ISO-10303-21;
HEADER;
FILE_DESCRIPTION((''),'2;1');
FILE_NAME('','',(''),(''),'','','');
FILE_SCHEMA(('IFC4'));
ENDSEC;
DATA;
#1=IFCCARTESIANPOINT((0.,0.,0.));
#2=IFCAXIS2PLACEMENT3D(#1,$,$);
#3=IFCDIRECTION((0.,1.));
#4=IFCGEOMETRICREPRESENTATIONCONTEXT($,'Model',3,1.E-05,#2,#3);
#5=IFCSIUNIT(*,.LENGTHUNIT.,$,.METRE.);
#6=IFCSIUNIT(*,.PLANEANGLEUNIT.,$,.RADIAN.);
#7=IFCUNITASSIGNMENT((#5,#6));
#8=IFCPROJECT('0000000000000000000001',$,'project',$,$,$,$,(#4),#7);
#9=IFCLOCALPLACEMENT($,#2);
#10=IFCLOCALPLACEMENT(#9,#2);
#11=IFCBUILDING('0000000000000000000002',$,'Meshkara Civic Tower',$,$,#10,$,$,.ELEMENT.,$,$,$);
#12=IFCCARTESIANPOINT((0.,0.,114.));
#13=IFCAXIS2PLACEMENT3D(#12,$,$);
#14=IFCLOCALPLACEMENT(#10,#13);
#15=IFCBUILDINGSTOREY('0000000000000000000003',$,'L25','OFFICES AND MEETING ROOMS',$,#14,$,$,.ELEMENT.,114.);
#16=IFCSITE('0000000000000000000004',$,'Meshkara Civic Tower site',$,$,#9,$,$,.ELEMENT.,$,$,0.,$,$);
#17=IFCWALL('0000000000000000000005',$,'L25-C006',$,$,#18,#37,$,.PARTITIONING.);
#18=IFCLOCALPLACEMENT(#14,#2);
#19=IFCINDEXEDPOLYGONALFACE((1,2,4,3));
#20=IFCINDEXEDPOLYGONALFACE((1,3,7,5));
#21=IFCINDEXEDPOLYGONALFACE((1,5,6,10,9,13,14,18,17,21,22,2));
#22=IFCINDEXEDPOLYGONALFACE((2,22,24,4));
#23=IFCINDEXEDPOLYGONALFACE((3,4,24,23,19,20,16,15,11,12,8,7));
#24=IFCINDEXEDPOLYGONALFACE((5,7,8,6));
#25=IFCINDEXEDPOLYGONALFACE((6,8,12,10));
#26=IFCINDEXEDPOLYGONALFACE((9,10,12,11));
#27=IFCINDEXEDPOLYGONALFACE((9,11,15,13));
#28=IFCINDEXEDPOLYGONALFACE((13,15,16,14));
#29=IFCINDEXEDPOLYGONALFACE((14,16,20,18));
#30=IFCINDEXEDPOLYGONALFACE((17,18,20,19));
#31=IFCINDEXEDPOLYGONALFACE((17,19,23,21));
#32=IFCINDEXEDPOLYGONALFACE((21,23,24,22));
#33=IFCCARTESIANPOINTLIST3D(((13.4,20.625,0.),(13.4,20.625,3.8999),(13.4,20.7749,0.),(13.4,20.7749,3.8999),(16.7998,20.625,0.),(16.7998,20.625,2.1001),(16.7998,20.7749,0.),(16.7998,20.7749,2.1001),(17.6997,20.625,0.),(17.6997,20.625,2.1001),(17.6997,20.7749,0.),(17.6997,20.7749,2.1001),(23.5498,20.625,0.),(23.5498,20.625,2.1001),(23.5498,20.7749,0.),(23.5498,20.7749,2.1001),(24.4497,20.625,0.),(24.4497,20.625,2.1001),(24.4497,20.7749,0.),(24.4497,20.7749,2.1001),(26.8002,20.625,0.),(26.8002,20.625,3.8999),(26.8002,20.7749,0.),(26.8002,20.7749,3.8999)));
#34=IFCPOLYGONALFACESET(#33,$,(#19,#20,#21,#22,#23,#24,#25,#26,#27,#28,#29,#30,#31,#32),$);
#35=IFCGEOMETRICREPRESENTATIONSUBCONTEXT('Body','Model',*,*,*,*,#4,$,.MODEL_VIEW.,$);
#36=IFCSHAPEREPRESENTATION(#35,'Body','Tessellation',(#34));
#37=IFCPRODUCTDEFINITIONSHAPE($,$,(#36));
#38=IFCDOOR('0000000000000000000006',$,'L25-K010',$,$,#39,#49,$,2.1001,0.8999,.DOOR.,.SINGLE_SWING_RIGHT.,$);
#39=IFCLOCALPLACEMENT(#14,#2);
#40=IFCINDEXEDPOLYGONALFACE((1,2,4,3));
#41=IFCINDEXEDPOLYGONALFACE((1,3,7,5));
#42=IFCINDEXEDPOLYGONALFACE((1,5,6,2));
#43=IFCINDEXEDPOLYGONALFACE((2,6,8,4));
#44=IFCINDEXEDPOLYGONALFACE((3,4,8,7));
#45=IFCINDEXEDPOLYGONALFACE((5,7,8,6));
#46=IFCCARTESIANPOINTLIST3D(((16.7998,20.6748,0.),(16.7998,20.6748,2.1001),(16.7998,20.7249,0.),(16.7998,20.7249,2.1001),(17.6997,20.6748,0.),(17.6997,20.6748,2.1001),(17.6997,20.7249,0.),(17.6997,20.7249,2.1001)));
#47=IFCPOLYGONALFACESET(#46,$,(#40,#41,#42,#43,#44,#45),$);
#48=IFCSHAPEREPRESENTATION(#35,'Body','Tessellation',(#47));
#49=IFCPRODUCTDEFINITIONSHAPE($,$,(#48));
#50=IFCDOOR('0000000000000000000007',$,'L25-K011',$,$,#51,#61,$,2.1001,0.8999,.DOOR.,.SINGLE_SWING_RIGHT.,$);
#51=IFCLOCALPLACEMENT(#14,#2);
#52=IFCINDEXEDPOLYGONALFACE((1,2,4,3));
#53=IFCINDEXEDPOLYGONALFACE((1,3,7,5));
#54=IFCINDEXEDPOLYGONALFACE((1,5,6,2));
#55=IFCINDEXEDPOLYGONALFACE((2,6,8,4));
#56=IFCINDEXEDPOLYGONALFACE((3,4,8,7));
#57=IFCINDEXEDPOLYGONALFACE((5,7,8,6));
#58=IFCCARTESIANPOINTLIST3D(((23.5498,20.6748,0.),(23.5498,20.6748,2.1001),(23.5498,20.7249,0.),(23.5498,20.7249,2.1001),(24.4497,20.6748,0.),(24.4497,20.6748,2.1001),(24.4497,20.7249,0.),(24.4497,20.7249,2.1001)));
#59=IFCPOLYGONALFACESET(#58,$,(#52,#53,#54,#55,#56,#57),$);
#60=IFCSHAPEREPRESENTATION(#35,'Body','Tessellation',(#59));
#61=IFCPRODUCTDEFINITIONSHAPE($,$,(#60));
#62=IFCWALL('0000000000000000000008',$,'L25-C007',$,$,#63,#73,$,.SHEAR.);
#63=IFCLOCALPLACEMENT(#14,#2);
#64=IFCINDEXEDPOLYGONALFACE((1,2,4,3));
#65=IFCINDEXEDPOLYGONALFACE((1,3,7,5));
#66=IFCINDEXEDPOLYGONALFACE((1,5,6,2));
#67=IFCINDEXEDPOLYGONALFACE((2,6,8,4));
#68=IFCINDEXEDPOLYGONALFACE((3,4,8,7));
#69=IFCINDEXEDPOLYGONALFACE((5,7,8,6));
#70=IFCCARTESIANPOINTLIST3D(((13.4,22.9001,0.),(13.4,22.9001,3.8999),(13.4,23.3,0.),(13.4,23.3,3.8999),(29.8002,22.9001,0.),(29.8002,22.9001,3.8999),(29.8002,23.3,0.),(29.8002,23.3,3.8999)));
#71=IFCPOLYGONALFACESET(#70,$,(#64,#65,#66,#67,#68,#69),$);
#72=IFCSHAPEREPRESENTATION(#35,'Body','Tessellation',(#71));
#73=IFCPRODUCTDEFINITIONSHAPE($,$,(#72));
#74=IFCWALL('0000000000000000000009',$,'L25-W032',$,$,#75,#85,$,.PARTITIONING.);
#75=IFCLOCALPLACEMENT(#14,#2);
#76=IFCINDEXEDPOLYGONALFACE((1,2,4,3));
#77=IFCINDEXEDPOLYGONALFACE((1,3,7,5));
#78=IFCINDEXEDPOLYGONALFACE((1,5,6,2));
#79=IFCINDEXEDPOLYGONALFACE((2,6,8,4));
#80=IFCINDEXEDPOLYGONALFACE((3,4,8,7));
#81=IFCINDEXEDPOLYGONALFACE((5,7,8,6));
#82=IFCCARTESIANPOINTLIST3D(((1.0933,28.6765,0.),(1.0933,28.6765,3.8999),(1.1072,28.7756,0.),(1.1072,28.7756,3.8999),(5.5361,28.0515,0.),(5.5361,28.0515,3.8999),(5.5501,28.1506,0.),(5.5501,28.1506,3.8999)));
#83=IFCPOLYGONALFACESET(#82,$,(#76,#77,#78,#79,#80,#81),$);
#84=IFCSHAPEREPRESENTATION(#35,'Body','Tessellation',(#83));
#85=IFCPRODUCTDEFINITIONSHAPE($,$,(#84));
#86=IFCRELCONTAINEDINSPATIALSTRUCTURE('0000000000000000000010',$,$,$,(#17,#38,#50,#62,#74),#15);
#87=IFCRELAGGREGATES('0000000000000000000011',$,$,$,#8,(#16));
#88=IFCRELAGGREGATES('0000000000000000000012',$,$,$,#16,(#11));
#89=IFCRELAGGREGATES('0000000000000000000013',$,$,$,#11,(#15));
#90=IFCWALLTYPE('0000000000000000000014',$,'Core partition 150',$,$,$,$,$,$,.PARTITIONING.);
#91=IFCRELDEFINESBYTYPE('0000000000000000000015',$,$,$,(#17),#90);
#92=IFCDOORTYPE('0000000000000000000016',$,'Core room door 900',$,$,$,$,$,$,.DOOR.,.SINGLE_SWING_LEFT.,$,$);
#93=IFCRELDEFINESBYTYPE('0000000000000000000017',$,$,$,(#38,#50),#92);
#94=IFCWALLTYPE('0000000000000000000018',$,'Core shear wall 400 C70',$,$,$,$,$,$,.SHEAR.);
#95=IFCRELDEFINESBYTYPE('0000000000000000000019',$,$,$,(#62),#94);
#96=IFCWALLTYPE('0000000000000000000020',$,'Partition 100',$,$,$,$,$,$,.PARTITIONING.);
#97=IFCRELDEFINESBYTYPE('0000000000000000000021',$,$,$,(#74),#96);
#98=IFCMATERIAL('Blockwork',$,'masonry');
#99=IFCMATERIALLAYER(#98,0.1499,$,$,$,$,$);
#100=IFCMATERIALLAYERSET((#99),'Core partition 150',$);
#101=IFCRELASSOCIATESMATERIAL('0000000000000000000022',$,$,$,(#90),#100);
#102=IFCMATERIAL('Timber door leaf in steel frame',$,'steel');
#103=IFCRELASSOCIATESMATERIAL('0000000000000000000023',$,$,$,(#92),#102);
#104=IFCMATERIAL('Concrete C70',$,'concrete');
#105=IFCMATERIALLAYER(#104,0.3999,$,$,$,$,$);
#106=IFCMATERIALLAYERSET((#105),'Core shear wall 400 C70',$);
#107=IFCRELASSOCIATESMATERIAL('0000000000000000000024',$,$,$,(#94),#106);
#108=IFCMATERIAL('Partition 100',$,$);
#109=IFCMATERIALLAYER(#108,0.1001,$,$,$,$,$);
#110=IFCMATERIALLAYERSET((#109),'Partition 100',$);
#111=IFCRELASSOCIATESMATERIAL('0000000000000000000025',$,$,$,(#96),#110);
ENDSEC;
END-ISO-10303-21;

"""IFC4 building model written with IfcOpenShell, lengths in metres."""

from ifc_helpers import new_model, si_unit, direction, frame, frame_2d, origin, place, context, subcontext, project, spatial, rectangle, extrude, material, layer, layer_set, type_object, element, fill, save


model = new_model("IFC4")

# Units and contexts
model_context = context("Model", 3, precision=1e-05, world=origin(), true_north=direction((0.0, 1.0)))
body_context = subcontext(model_context, "Body", "Model", "MODEL_VIEW")
ifc_project = project(units=[si_unit("LENGTHUNIT", "METRE"), si_unit("PLANEANGLEUNIT", "RADIAN")], contexts=[model_context])

# Site, building, storey
site_placement = place(None, origin())
site = spatial("IfcSite", under=ifc_project, at=site_placement, Name="Meshkara Civic Tower site", CompositionType="ELEMENT", RefElevation=0.0)
building_placement = place(site_placement, origin())
building = spatial("IfcBuilding", under=site, at=building_placement, Name="Meshkara Civic Tower", CompositionType="ELEMENT")
storey_placement = place(building_placement, frame((0.0, 0.0, 114.0)))
storey = spatial("IfcBuildingStorey", under=building, at=storey_placement, Name="L25", Description="OFFICES AND MEETING ROOMS", CompositionType="ELEMENT", Elevation=114.0)

# Wall, openings, doors
ifc_material_1 = material(Name="Blockwork", Category="masonry")
ifc_layer_1 = layer(ifc_material_1, 0.1499)
ifc_layer_set_1 = layer_set([ifc_layer_1], Name="Core partition 150")
wall_type_1 = type_object("IfcWallType", Name="Core partition 150", PredefinedType="PARTITIONING", material=ifc_layer_set_1)
wall_1_placement = place(storey_placement, frame((13.3999, 20.7, 0.0), z_axis=(0.0, 0.0, 1.0), x_axis=(1.0, 0.0, 0.0)))
wall_1 = element("IfcWall", 1, at=wall_1_placement, inside=storey, type_object=wall_type_1, Name="L25-C006", PredefinedType="PARTITIONING", context=body_context, shape_type="SweptSolid", body=[
    extrude(rectangle(XDim=13.4001, YDim=0.1499, at=frame_2d((6.7002, 0.0))), origin(), (0.0, 0.0, 1.0), 3.8999),
])
opening_1_placement = place(wall_1_placement, frame((3.3999, 0.0, 0.0)))
opening_1 = element("IfcOpeningElement", 2, at=opening_1_placement, cuts=wall_1, PredefinedType="OPENING", context=body_context, shape_type="SweptSolid", body=[
    extrude(rectangle(XDim=0.8999, YDim=2.1001, at=frame_2d((0.45, 1.05))), frame((0.0, 0.085, 0.0), z_axis=(0.0, -1.0, 0.0), x_axis=(1.0, 0.0, 0.0)), (0.0, 0.0, 1.0), 0.1699),
])
opening_2_placement = place(wall_1_placement, frame((10.1499, 0.0, 0.0)))
opening_2 = element("IfcOpeningElement", 3, at=opening_2_placement, cuts=wall_1, PredefinedType="OPENING", context=body_context, shape_type="SweptSolid", body=[
    extrude(rectangle(XDim=0.8999, YDim=2.1001, at=frame_2d((0.45, 1.05))), frame((0.0, 0.085, 0.0), z_axis=(0.0, -1.0, 0.0), x_axis=(1.0, 0.0, 0.0)), (0.0, 0.0, 1.0), 0.1699),
])
ifc_material_2 = material(Name="Timber door leaf in steel frame", Category="steel")
door_type_1 = type_object("IfcDoorType", Name="Core room door 900", OperationType="SINGLE_SWING_LEFT", PredefinedType="DOOR", material=ifc_material_2)
door_1_placement = place(opening_1_placement, origin())
door_1 = element("IfcDoor", 4, at=door_1_placement, inside=storey, type_object=door_type_1, Name="L25-K010", OperationType="SINGLE_SWING_RIGHT", OverallHeight=2.1001, OverallWidth=0.8999, PredefinedType="DOOR", context=body_context, shape_type="SweptSolid", body=[
    extrude(rectangle(XDim=0.8999, YDim=2.1001, at=frame_2d((0.45, 1.05))), frame((0.0, 0.0249, 0.0), z_axis=(0.0, -1.0, 0.0), x_axis=(1.0, 0.0, 0.0)), (0.0, 0.0, 1.0), 0.05),
])
fill(opening_1, door_1)
door_2_placement = place(opening_2_placement, origin())
door_2 = element("IfcDoor", 5, at=door_2_placement, inside=storey, type_object=door_type_1, Name="L25-K011", OperationType="SINGLE_SWING_RIGHT", OverallHeight=2.1001, OverallWidth=0.8999, PredefinedType="DOOR", context=body_context, shape_type="SweptSolid", body=[
    extrude(rectangle(XDim=0.8999, YDim=2.1001, at=frame_2d((0.45, 1.05))), frame((0.0, 0.0249, 0.0), z_axis=(0.0, -1.0, 0.0), x_axis=(1.0, 0.0, 0.0)), (0.0, 0.0, 1.0), 0.05),
])
fill(opening_2, door_2)

# Walls
ifc_material_3 = material(Name="Concrete C70", Category="concrete")
ifc_layer_2 = layer(ifc_material_3, 0.3999)
ifc_layer_set_2 = layer_set([ifc_layer_2], Name="Core shear wall 400 C70")
wall_type_2 = type_object("IfcWallType", Name="Core shear wall 400 C70", PredefinedType="SHEAR", material=ifc_layer_set_2)
wall_2_placement = place(storey_placement, frame((13.3999, 23.1001, 0.0), z_axis=(0.0, 0.0, 1.0), x_axis=(1.0, 0.0, 0.0)))
element("IfcWall", 6, at=wall_2_placement, inside=storey, type_object=wall_type_2, Name="L25-C007", PredefinedType="SHEAR", context=body_context, shape_type="SweptSolid", body=[
    extrude(rectangle(XDim=16.4001, YDim=0.3999, at=frame_2d((8.2002, 0.0))), origin(), (0.0, 0.0, 1.0), 3.8999),
])
ifc_material_4 = material(Name="Partition 100")
ifc_layer_3 = layer(ifc_material_4, 0.1001)
ifc_layer_set_3 = layer_set([ifc_layer_3], Name="Partition 100")
wall_type_3 = type_object("IfcWallType", Name="Partition 100", PredefinedType="PARTITIONING", material=ifc_layer_set_3)
wall_3_placement = place(storey_placement, frame((5.543, 28.1011, 0.0), z_axis=(0.0, 0.0, 1.0), x_axis=(-0.99025, 0.139303, 0.0)))
element("IfcWall", 7, at=wall_3_placement, inside=storey, type_object=wall_type_3, Name="L25-W032", PredefinedType="PARTITIONING", context=body_context, shape_type="SweptSolid", body=[
    extrude(rectangle(XDim=4.4866, YDim=0.1001, at=frame_2d((2.2432, 0.0))), origin(), (0.0, 0.0, 1.0), 3.8999),
])

save(model, "model.ifc")
